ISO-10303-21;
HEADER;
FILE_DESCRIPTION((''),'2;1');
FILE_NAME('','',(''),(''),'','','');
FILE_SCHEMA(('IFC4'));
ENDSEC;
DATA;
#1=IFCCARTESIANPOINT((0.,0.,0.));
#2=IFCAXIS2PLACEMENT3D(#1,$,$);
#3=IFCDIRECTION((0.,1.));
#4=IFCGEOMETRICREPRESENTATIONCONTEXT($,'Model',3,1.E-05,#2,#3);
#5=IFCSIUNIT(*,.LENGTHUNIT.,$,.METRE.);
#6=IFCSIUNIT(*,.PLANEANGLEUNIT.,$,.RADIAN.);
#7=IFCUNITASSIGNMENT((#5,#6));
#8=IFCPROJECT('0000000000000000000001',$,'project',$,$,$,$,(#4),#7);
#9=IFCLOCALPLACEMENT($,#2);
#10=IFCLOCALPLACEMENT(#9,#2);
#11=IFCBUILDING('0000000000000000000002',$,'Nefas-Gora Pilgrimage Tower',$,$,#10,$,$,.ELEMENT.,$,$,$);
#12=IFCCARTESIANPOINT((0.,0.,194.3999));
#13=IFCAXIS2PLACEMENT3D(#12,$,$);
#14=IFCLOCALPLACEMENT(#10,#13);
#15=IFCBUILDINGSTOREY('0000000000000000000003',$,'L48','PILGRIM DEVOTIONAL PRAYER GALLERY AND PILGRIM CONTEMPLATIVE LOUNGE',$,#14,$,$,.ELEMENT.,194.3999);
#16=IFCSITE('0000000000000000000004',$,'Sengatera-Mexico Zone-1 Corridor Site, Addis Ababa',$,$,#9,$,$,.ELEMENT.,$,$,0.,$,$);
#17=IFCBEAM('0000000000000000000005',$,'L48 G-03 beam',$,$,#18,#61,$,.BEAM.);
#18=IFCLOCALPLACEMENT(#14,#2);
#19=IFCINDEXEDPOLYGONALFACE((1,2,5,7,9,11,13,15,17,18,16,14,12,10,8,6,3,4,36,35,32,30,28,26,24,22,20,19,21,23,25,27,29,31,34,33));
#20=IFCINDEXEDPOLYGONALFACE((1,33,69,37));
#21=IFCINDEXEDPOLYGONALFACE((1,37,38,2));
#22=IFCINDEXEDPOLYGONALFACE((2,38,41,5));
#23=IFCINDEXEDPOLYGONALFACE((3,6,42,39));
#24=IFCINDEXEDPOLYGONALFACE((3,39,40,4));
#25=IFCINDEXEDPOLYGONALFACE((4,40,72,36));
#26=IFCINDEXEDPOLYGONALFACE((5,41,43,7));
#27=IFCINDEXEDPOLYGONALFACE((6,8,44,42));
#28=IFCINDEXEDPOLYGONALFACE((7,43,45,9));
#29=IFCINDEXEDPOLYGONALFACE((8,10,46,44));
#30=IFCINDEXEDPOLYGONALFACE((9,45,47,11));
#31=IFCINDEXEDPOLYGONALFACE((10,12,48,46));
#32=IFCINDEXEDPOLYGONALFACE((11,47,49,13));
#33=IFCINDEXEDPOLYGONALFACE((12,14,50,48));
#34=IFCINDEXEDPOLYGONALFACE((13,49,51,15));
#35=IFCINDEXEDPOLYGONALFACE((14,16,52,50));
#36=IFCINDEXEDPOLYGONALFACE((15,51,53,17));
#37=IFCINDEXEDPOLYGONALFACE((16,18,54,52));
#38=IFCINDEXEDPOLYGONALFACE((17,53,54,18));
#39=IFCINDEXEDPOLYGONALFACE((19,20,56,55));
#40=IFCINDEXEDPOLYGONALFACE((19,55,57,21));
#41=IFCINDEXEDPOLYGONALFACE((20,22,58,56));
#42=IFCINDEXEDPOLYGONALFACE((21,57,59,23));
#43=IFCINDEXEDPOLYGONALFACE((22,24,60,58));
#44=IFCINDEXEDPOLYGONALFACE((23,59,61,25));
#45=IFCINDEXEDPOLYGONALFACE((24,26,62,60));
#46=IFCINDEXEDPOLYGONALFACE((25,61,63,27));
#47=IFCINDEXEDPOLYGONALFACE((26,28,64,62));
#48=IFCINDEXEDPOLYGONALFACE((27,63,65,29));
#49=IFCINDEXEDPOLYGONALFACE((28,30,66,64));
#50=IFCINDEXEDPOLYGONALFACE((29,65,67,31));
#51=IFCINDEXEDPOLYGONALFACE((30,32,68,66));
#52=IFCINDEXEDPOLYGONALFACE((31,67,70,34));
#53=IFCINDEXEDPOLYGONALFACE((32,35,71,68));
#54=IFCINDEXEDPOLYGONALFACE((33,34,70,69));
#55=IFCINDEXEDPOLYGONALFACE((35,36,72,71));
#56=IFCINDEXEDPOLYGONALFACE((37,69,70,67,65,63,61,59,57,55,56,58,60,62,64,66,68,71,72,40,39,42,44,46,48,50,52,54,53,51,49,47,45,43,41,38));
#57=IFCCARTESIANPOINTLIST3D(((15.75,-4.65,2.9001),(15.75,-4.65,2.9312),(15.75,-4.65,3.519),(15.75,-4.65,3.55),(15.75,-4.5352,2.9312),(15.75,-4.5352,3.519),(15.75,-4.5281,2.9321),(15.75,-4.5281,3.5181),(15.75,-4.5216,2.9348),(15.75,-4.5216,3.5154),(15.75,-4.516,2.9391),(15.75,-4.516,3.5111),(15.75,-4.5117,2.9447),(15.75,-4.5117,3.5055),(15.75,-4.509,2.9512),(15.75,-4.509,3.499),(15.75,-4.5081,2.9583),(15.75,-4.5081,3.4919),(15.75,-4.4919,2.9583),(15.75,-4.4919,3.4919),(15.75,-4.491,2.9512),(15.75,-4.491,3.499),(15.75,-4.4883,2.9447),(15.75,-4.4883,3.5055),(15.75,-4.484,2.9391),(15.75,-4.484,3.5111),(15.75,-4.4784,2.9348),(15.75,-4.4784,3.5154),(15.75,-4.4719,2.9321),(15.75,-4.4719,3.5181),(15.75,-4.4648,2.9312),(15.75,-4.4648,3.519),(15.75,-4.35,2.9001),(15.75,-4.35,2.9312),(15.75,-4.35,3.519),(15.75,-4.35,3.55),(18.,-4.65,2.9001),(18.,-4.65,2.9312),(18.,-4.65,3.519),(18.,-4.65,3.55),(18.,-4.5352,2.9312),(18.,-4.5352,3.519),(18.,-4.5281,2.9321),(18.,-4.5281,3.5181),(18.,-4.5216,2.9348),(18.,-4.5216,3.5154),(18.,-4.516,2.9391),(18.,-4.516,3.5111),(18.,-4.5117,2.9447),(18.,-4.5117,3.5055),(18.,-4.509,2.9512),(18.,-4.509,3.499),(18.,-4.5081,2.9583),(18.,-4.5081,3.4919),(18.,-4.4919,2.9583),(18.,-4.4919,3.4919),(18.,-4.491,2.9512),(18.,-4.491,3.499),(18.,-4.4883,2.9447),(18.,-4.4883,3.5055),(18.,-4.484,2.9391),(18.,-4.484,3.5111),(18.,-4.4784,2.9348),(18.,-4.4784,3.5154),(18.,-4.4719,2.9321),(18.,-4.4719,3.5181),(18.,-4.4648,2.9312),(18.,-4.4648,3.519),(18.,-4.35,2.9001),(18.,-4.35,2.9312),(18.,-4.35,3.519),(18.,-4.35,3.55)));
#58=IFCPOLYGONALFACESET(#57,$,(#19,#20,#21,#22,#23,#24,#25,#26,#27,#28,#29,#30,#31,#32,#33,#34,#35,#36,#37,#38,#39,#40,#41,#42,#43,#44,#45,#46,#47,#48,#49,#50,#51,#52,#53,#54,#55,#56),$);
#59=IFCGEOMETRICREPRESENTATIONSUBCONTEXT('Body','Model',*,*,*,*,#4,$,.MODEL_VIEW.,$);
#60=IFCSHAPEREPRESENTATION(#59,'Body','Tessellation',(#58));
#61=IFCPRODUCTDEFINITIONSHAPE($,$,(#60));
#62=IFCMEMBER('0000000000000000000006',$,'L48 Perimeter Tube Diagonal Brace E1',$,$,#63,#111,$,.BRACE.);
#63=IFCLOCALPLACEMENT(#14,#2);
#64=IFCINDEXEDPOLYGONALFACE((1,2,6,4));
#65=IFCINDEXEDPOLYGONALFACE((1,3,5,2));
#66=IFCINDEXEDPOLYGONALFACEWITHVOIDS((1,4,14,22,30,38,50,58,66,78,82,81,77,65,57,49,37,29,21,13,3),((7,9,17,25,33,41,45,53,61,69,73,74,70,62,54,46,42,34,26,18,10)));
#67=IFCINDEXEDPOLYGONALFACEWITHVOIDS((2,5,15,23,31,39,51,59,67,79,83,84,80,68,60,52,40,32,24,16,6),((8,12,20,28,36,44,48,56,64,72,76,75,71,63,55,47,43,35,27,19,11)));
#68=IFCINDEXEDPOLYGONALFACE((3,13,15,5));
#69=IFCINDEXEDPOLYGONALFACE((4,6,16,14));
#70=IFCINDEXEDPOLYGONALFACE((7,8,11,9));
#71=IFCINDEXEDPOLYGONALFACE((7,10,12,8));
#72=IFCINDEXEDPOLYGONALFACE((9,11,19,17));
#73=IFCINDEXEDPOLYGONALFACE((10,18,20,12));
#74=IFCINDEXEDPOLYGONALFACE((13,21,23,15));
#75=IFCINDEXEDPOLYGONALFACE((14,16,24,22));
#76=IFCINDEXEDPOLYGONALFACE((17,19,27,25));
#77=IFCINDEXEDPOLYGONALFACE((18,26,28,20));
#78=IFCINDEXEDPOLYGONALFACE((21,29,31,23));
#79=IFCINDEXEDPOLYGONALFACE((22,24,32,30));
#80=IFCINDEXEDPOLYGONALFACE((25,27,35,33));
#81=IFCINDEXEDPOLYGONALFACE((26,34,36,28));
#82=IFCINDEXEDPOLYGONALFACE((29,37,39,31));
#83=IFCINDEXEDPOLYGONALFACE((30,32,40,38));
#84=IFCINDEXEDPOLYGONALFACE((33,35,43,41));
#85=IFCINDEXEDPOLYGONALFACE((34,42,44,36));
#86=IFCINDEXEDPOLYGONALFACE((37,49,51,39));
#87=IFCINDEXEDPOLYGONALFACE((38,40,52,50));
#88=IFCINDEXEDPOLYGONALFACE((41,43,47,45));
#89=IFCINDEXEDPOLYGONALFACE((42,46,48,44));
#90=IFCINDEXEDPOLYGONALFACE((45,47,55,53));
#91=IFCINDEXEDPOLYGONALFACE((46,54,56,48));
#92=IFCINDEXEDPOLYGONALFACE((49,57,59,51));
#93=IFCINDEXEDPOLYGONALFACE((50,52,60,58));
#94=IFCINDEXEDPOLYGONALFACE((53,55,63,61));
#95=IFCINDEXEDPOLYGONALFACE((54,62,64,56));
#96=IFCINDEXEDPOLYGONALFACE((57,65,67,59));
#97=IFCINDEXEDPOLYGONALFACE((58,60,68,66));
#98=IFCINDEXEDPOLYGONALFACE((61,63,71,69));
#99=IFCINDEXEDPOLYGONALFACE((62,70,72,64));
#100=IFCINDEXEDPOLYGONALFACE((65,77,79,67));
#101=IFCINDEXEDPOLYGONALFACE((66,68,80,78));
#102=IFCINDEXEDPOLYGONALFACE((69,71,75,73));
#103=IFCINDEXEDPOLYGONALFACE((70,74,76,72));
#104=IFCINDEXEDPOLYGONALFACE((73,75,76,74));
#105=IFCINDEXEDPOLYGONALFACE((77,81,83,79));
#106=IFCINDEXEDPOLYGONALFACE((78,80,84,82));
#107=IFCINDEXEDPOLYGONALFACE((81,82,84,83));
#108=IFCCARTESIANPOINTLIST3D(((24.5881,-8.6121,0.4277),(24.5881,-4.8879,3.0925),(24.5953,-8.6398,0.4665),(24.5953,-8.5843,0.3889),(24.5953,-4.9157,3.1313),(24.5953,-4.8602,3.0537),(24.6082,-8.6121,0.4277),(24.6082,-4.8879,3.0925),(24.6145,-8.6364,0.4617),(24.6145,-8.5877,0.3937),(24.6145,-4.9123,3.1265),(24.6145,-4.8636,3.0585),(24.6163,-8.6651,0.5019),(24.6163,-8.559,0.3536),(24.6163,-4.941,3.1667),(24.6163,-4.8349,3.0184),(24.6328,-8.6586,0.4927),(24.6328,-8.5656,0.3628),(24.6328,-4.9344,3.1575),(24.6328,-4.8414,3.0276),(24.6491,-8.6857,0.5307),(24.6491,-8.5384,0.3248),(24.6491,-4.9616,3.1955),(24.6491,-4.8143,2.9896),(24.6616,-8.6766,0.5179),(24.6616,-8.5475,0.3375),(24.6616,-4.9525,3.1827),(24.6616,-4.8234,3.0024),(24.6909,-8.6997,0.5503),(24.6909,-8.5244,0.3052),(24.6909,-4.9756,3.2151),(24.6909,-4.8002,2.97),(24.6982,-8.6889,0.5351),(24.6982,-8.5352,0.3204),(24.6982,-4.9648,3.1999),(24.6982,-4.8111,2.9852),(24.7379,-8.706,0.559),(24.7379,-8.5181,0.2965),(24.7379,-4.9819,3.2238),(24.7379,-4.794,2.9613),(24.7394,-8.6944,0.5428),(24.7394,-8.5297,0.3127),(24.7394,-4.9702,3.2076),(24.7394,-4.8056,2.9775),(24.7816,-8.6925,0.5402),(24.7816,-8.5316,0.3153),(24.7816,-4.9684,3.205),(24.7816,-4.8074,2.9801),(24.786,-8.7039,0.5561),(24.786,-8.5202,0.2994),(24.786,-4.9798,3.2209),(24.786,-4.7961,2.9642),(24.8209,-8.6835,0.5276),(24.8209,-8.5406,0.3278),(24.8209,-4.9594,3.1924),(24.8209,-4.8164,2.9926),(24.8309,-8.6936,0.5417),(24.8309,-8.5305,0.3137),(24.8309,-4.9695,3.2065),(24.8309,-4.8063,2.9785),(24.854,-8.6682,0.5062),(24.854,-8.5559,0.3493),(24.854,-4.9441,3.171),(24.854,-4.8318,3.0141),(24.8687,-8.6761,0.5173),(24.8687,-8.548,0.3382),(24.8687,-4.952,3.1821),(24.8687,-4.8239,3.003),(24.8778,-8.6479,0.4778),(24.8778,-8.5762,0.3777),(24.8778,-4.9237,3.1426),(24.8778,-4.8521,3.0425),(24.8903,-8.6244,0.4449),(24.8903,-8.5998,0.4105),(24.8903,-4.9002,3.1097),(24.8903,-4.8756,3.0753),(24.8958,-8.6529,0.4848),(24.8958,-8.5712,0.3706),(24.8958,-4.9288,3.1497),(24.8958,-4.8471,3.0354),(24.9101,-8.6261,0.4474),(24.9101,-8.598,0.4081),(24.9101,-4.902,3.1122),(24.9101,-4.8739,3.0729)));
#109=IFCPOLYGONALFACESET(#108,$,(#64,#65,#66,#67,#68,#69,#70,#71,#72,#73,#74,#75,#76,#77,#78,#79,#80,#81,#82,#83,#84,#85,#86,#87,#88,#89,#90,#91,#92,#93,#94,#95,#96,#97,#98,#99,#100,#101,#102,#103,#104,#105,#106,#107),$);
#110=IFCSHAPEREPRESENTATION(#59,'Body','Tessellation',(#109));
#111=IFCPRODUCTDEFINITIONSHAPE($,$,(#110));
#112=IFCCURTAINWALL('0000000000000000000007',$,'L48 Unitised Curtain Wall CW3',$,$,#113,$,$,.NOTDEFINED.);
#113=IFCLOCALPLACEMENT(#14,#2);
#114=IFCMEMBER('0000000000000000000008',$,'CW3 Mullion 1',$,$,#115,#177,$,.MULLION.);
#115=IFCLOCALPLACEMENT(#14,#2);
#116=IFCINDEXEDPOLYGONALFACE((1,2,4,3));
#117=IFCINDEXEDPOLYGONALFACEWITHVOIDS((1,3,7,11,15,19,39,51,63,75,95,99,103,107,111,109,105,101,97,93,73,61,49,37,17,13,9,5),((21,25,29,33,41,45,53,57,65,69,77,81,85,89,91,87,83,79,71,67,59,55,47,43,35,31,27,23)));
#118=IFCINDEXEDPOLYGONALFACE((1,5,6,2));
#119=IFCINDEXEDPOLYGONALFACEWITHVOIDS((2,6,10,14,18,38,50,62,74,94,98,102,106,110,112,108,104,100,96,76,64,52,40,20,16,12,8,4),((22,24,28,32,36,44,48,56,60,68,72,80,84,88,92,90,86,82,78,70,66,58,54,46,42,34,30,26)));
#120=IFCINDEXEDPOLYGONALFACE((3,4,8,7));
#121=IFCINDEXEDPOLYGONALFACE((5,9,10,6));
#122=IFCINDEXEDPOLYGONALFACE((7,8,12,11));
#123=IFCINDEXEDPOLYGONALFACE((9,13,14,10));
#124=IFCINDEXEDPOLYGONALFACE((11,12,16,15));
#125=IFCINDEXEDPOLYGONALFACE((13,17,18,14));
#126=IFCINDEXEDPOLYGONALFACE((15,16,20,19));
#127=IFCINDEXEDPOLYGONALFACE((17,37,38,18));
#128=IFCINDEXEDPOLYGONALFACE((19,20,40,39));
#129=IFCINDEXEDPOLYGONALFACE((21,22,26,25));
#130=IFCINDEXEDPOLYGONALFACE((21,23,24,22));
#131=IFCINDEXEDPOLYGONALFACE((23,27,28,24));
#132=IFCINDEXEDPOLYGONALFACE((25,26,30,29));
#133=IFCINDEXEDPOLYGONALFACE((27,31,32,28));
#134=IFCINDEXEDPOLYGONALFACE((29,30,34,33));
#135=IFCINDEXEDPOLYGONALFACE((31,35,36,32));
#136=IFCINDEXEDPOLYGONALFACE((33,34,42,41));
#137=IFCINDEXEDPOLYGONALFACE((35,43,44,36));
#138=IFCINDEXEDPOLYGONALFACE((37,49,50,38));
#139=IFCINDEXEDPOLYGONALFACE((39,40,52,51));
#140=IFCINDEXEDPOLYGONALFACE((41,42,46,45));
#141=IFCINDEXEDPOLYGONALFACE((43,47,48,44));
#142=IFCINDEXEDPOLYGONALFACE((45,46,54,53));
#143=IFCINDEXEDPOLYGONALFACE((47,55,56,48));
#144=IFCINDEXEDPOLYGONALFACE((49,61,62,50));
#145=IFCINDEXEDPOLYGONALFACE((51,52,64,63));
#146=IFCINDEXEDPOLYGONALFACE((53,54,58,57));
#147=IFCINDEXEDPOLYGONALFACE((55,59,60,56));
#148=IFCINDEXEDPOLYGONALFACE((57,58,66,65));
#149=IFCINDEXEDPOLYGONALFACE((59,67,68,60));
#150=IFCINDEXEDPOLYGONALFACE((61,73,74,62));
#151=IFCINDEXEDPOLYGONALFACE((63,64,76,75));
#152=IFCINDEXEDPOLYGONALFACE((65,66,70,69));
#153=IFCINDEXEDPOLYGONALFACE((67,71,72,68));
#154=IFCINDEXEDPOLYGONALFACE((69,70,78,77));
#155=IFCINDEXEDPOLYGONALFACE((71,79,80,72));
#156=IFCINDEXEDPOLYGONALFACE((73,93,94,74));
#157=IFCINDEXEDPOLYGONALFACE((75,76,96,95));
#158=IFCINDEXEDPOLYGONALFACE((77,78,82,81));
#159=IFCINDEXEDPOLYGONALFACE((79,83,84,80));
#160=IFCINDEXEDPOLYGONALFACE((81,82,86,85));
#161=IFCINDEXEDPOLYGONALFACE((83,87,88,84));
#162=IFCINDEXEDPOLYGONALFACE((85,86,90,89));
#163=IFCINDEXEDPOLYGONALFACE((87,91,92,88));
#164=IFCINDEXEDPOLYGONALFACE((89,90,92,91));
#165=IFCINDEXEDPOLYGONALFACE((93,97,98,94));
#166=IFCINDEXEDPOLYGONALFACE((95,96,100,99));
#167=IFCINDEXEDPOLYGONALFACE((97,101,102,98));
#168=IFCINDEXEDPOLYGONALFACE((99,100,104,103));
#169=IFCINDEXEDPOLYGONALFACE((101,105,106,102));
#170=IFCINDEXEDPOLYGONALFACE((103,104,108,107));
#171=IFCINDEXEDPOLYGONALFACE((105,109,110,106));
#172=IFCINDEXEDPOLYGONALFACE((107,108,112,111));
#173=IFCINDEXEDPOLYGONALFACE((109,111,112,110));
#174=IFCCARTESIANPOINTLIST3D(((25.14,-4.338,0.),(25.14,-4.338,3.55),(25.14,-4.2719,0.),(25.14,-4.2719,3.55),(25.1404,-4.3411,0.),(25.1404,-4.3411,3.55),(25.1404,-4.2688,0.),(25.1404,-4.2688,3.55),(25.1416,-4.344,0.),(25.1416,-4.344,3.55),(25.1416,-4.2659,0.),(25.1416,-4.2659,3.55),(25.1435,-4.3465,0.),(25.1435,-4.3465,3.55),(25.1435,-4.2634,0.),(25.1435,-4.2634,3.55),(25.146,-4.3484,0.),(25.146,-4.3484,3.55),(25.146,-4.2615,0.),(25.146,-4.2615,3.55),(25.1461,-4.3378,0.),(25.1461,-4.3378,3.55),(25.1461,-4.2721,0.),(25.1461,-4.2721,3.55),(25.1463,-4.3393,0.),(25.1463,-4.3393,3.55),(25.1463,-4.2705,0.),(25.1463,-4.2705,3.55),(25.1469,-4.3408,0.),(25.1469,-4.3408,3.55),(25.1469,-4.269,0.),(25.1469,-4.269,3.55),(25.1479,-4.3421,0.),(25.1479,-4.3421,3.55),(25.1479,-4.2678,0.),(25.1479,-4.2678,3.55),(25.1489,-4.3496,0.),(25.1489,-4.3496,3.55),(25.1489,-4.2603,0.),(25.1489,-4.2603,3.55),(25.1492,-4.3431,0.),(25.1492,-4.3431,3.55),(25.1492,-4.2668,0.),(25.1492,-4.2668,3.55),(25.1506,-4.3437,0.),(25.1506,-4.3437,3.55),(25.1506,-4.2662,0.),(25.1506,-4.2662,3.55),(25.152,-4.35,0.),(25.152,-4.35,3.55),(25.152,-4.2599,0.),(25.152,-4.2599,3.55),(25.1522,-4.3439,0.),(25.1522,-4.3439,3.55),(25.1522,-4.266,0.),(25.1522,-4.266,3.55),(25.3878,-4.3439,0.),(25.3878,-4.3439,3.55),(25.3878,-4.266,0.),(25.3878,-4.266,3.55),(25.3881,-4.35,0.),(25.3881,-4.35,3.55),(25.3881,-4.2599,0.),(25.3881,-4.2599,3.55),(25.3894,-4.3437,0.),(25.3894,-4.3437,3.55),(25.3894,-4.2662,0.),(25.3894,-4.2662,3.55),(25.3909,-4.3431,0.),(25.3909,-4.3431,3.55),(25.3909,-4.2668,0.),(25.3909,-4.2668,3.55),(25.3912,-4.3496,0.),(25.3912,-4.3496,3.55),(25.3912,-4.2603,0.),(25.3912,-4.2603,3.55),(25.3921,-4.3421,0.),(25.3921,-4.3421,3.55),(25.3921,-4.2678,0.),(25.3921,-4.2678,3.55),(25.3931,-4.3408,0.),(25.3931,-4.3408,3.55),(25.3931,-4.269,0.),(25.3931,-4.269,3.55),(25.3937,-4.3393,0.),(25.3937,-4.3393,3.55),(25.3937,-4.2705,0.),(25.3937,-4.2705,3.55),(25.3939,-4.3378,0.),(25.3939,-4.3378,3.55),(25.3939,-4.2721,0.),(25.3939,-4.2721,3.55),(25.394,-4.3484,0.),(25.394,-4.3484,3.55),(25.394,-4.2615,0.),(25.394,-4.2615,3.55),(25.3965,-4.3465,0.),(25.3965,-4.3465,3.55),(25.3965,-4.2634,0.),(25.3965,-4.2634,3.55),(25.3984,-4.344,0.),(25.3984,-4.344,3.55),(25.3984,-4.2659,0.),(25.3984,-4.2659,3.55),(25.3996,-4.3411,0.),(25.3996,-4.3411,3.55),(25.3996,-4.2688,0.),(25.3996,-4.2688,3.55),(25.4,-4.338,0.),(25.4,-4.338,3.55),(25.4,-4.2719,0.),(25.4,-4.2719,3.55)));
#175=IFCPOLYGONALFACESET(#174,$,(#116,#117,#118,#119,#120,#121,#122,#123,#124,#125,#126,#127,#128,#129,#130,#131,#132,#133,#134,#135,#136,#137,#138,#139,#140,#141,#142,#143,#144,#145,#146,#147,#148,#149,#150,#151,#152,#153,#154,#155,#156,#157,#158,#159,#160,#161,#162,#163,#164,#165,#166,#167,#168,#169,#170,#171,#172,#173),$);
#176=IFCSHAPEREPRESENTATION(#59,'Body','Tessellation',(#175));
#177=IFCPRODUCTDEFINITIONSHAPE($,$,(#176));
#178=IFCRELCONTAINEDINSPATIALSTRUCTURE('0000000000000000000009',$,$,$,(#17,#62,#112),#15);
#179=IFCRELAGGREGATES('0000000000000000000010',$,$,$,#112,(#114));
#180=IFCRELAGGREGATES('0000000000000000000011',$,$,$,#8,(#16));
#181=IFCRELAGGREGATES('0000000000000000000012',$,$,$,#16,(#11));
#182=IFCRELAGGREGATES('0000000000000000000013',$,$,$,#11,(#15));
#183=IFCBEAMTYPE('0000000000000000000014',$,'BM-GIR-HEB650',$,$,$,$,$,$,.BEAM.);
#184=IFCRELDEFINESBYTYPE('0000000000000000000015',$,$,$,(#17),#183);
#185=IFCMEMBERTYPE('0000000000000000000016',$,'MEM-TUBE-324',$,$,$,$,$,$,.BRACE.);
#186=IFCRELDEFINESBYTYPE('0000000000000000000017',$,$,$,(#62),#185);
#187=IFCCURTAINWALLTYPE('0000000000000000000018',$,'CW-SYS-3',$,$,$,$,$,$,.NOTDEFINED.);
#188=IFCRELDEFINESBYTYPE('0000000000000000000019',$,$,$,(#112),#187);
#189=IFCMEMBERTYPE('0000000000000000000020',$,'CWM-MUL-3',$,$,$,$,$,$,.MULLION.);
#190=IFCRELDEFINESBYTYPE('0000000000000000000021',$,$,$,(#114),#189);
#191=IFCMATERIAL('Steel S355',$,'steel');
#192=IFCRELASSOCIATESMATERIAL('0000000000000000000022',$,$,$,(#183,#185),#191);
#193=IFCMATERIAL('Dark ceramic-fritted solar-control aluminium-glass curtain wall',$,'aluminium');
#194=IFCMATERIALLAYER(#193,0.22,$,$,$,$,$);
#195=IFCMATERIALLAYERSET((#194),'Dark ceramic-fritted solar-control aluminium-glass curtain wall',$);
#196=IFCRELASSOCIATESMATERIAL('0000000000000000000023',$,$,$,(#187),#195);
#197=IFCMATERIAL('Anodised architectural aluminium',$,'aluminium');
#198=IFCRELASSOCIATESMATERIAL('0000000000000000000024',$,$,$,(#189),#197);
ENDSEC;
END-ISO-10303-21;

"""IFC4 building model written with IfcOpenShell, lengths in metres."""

from ifc_helpers import new_model, si_unit, direction, frame, origin, origin_2d, place, context, subcontext, project, spatial, hollow_rectangle, hollow_circle, i_section, extrude, source, transform, mapped, material, layer, layer_set, material_profile, profile_set, type_object, element, aggregate, save


model = new_model("IFC4")

# Units and contexts
model_context = context("Model", 3, precision=1e-05, world=origin(), true_north=direction((0.0, 1.0)))
body_context = subcontext(model_context, "Body", "Model", "MODEL_VIEW")
ifc_project = project(units=[si_unit("LENGTHUNIT", "METRE"), si_unit("PLANEANGLEUNIT", "RADIAN")], contexts=[model_context])

# Site, building, storey
site_placement = place(None, origin())
site = spatial("IfcSite", under=ifc_project, at=site_placement, Name="Sengatera-Mexico Zone-1 Corridor Site, Addis Ababa", CompositionType="ELEMENT", RefElevation=0.0)
building_placement = place(site_placement, origin())
building = spatial("IfcBuilding", under=site, at=building_placement, Name="Nefas-Gora Pilgrimage Tower", CompositionType="ELEMENT")
storey_placement = place(building_placement, frame((0.0, 0.0, 194.3999)))
storey = spatial("IfcBuildingStorey", under=building, at=storey_placement, Name="L48", Description="PILGRIM DEVOTIONAL PRAYER GALLERY AND PILGRIM CONTEMPLATIVE LOUNGE", CompositionType="ELEMENT", Elevation=194.3999)

# Beam
ifc_material_1 = material(Name="Steel S355", Category="steel")
ifc_material_profile_1 = material_profile(ifc_material_1, i_section(OverallWidth=0.3, OverallDepth=0.6499, WebThickness=0.0161, FlangeThickness=0.031, FilletRadius=0.0271, at=origin_2d()), Name="HEB 650")
ifc_profile_set_1 = profile_set([ifc_material_profile_1], Name="Steel S355")
beam_type_1 = type_object("IfcBeamType", Name="BM-GIR-HEB650", PredefinedType="BEAM", material=ifc_profile_set_1)
shared_shape_1 = source(origin(), body_context, "Body", "SweptSolid", [
    extrude(i_section(OverallWidth=0.3, OverallDepth=0.6499, WebThickness=0.0161, FlangeThickness=0.031, FilletRadius=0.0271, at=origin_2d()), origin(), (0.0, 0.0, 1.0), 2.25),
])
for number, where, z_axis, x_axis, name in (
    (1, (15.75, -4.5, 3.2251), (1.0, 0.0, 0.0), (0.0, 1.0, 0.0), "L48 G-03 beam"),
):
    element("IfcBeam", number, at=place(storey_placement, frame(where, z_axis=z_axis, x_axis=x_axis)), inside=storey, type_object=beam_type_1, Name=name, PredefinedType="BEAM", context=body_context, shape_type="MappedRepresentation", body=[
        mapped(shared_shape_1, transform((0.0, 0.0, 0.0), x_axis=(1.0, 0.0, 0.0), y_axis=(0.0, 1.0, 0.0), z_axis=(0.0, 0.0, 1.0), scale=1.0)),
    ])

# Member
ifc_material_profile_2 = material_profile(ifc_material_1, hollow_circle(Radius=0.1619, WallThickness=0.02, at=origin_2d()), Name="CHS 323.9x20")
ifc_profile_set_2 = profile_set([ifc_material_profile_2], Name="Steel S355")
member_type_1 = type_object("IfcMemberType", Name="MEM-TUBE-324", PredefinedType="BRACE", material=ifc_profile_set_2)
shared_shape_2 = source(origin(), body_context, "Body", "SweptSolid", [
    extrude(hollow_circle(Radius=0.1619, WallThickness=0.02, at=origin_2d()), origin(), (0.0, 0.0, 1.0), 4.5793),
])
member_1_placement = place(storey_placement, frame((24.75, -8.6121, 0.4277), z_axis=(0.0, 0.813247, 0.581919), x_axis=(-1.0, 0.0, 0.0)))
element("IfcMember", 2, at=member_1_placement, inside=storey, type_object=member_type_1, Name="L48 Perimeter Tube Diagonal Brace E1", PredefinedType="BRACE", context=body_context, shape_type="MappedRepresentation", body=[
    mapped(shared_shape_2, transform((0.0, 0.0, 0.0), x_axis=(1.0, 0.0, 0.0), y_axis=(0.0, 1.0, 0.0), z_axis=(0.0, 0.0, 1.0), scale=1.0)),
])

# Curtain wall, member
ifc_material_2 = material(Name="Dark ceramic-fritted solar-control aluminium-glass curtain wall", Category="aluminium")
ifc_layer_1 = layer(ifc_material_2, 0.22)
ifc_layer_set_1 = layer_set([ifc_layer_1], Name="Dark ceramic-fritted solar-control aluminium-glass curtain wall")
curtain_wall_type = type_object("IfcCurtainWallType", Name="CW-SYS-3", PredefinedType="NOTDEFINED", material=ifc_layer_set_1)
curtain_wall_placement = place(storey_placement, origin())
curtain_wall = element("IfcCurtainWall", 3, at=curtain_wall_placement, inside=storey, type_object=curtain_wall_type, Name="L48 Unitised Curtain Wall CW3", PredefinedType="NOTDEFINED")
ifc_material_3 = material(Name="Anodised architectural aluminium", Category="aluminium")
ifc_material_profile_3 = material_profile(ifc_material_3, hollow_rectangle(XDim=0.0901, YDim=0.26, WallThickness=0.0061, InnerFilletRadius=0.0061, OuterFilletRadius=0.012, at=origin_2d()), Name="ALU MULLION 90x260")
ifc_profile_set_3 = profile_set([ifc_material_profile_3], Name="Anodised architectural aluminium")
member_type_2 = type_object("IfcMemberType", Name="CWM-MUL-3", PredefinedType="MULLION", material=ifc_profile_set_3)
shared_shape_3 = source(origin(), body_context, "Body", "SweptSolid", [
    extrude(hollow_rectangle(XDim=0.0901, YDim=0.26, WallThickness=0.0061, InnerFilletRadius=0.0061, OuterFilletRadius=0.012, at=origin_2d()), origin(), (0.0, 0.0, 1.0), 3.55),
])
member_2_placement = place(storey_placement, frame((25.27, -4.3049, 0.0), z_axis=(0.0, 0.0, 1.0), x_axis=(0.0, 1.0, 0.0)))
member_2 = element("IfcMember", 4, at=member_2_placement, type_object=member_type_2, Name="CW3 Mullion 1", PredefinedType="MULLION", context=body_context, shape_type="MappedRepresentation", body=[
    mapped(shared_shape_3, transform((0.0, 0.0, 0.0), x_axis=(1.0, 0.0, 0.0), y_axis=(0.0, 1.0, 0.0), z_axis=(0.0, 0.0, 1.0), scale=1.0)),
])
aggregate(curtain_wall, [member_2])

save(model, "model.ifc")
